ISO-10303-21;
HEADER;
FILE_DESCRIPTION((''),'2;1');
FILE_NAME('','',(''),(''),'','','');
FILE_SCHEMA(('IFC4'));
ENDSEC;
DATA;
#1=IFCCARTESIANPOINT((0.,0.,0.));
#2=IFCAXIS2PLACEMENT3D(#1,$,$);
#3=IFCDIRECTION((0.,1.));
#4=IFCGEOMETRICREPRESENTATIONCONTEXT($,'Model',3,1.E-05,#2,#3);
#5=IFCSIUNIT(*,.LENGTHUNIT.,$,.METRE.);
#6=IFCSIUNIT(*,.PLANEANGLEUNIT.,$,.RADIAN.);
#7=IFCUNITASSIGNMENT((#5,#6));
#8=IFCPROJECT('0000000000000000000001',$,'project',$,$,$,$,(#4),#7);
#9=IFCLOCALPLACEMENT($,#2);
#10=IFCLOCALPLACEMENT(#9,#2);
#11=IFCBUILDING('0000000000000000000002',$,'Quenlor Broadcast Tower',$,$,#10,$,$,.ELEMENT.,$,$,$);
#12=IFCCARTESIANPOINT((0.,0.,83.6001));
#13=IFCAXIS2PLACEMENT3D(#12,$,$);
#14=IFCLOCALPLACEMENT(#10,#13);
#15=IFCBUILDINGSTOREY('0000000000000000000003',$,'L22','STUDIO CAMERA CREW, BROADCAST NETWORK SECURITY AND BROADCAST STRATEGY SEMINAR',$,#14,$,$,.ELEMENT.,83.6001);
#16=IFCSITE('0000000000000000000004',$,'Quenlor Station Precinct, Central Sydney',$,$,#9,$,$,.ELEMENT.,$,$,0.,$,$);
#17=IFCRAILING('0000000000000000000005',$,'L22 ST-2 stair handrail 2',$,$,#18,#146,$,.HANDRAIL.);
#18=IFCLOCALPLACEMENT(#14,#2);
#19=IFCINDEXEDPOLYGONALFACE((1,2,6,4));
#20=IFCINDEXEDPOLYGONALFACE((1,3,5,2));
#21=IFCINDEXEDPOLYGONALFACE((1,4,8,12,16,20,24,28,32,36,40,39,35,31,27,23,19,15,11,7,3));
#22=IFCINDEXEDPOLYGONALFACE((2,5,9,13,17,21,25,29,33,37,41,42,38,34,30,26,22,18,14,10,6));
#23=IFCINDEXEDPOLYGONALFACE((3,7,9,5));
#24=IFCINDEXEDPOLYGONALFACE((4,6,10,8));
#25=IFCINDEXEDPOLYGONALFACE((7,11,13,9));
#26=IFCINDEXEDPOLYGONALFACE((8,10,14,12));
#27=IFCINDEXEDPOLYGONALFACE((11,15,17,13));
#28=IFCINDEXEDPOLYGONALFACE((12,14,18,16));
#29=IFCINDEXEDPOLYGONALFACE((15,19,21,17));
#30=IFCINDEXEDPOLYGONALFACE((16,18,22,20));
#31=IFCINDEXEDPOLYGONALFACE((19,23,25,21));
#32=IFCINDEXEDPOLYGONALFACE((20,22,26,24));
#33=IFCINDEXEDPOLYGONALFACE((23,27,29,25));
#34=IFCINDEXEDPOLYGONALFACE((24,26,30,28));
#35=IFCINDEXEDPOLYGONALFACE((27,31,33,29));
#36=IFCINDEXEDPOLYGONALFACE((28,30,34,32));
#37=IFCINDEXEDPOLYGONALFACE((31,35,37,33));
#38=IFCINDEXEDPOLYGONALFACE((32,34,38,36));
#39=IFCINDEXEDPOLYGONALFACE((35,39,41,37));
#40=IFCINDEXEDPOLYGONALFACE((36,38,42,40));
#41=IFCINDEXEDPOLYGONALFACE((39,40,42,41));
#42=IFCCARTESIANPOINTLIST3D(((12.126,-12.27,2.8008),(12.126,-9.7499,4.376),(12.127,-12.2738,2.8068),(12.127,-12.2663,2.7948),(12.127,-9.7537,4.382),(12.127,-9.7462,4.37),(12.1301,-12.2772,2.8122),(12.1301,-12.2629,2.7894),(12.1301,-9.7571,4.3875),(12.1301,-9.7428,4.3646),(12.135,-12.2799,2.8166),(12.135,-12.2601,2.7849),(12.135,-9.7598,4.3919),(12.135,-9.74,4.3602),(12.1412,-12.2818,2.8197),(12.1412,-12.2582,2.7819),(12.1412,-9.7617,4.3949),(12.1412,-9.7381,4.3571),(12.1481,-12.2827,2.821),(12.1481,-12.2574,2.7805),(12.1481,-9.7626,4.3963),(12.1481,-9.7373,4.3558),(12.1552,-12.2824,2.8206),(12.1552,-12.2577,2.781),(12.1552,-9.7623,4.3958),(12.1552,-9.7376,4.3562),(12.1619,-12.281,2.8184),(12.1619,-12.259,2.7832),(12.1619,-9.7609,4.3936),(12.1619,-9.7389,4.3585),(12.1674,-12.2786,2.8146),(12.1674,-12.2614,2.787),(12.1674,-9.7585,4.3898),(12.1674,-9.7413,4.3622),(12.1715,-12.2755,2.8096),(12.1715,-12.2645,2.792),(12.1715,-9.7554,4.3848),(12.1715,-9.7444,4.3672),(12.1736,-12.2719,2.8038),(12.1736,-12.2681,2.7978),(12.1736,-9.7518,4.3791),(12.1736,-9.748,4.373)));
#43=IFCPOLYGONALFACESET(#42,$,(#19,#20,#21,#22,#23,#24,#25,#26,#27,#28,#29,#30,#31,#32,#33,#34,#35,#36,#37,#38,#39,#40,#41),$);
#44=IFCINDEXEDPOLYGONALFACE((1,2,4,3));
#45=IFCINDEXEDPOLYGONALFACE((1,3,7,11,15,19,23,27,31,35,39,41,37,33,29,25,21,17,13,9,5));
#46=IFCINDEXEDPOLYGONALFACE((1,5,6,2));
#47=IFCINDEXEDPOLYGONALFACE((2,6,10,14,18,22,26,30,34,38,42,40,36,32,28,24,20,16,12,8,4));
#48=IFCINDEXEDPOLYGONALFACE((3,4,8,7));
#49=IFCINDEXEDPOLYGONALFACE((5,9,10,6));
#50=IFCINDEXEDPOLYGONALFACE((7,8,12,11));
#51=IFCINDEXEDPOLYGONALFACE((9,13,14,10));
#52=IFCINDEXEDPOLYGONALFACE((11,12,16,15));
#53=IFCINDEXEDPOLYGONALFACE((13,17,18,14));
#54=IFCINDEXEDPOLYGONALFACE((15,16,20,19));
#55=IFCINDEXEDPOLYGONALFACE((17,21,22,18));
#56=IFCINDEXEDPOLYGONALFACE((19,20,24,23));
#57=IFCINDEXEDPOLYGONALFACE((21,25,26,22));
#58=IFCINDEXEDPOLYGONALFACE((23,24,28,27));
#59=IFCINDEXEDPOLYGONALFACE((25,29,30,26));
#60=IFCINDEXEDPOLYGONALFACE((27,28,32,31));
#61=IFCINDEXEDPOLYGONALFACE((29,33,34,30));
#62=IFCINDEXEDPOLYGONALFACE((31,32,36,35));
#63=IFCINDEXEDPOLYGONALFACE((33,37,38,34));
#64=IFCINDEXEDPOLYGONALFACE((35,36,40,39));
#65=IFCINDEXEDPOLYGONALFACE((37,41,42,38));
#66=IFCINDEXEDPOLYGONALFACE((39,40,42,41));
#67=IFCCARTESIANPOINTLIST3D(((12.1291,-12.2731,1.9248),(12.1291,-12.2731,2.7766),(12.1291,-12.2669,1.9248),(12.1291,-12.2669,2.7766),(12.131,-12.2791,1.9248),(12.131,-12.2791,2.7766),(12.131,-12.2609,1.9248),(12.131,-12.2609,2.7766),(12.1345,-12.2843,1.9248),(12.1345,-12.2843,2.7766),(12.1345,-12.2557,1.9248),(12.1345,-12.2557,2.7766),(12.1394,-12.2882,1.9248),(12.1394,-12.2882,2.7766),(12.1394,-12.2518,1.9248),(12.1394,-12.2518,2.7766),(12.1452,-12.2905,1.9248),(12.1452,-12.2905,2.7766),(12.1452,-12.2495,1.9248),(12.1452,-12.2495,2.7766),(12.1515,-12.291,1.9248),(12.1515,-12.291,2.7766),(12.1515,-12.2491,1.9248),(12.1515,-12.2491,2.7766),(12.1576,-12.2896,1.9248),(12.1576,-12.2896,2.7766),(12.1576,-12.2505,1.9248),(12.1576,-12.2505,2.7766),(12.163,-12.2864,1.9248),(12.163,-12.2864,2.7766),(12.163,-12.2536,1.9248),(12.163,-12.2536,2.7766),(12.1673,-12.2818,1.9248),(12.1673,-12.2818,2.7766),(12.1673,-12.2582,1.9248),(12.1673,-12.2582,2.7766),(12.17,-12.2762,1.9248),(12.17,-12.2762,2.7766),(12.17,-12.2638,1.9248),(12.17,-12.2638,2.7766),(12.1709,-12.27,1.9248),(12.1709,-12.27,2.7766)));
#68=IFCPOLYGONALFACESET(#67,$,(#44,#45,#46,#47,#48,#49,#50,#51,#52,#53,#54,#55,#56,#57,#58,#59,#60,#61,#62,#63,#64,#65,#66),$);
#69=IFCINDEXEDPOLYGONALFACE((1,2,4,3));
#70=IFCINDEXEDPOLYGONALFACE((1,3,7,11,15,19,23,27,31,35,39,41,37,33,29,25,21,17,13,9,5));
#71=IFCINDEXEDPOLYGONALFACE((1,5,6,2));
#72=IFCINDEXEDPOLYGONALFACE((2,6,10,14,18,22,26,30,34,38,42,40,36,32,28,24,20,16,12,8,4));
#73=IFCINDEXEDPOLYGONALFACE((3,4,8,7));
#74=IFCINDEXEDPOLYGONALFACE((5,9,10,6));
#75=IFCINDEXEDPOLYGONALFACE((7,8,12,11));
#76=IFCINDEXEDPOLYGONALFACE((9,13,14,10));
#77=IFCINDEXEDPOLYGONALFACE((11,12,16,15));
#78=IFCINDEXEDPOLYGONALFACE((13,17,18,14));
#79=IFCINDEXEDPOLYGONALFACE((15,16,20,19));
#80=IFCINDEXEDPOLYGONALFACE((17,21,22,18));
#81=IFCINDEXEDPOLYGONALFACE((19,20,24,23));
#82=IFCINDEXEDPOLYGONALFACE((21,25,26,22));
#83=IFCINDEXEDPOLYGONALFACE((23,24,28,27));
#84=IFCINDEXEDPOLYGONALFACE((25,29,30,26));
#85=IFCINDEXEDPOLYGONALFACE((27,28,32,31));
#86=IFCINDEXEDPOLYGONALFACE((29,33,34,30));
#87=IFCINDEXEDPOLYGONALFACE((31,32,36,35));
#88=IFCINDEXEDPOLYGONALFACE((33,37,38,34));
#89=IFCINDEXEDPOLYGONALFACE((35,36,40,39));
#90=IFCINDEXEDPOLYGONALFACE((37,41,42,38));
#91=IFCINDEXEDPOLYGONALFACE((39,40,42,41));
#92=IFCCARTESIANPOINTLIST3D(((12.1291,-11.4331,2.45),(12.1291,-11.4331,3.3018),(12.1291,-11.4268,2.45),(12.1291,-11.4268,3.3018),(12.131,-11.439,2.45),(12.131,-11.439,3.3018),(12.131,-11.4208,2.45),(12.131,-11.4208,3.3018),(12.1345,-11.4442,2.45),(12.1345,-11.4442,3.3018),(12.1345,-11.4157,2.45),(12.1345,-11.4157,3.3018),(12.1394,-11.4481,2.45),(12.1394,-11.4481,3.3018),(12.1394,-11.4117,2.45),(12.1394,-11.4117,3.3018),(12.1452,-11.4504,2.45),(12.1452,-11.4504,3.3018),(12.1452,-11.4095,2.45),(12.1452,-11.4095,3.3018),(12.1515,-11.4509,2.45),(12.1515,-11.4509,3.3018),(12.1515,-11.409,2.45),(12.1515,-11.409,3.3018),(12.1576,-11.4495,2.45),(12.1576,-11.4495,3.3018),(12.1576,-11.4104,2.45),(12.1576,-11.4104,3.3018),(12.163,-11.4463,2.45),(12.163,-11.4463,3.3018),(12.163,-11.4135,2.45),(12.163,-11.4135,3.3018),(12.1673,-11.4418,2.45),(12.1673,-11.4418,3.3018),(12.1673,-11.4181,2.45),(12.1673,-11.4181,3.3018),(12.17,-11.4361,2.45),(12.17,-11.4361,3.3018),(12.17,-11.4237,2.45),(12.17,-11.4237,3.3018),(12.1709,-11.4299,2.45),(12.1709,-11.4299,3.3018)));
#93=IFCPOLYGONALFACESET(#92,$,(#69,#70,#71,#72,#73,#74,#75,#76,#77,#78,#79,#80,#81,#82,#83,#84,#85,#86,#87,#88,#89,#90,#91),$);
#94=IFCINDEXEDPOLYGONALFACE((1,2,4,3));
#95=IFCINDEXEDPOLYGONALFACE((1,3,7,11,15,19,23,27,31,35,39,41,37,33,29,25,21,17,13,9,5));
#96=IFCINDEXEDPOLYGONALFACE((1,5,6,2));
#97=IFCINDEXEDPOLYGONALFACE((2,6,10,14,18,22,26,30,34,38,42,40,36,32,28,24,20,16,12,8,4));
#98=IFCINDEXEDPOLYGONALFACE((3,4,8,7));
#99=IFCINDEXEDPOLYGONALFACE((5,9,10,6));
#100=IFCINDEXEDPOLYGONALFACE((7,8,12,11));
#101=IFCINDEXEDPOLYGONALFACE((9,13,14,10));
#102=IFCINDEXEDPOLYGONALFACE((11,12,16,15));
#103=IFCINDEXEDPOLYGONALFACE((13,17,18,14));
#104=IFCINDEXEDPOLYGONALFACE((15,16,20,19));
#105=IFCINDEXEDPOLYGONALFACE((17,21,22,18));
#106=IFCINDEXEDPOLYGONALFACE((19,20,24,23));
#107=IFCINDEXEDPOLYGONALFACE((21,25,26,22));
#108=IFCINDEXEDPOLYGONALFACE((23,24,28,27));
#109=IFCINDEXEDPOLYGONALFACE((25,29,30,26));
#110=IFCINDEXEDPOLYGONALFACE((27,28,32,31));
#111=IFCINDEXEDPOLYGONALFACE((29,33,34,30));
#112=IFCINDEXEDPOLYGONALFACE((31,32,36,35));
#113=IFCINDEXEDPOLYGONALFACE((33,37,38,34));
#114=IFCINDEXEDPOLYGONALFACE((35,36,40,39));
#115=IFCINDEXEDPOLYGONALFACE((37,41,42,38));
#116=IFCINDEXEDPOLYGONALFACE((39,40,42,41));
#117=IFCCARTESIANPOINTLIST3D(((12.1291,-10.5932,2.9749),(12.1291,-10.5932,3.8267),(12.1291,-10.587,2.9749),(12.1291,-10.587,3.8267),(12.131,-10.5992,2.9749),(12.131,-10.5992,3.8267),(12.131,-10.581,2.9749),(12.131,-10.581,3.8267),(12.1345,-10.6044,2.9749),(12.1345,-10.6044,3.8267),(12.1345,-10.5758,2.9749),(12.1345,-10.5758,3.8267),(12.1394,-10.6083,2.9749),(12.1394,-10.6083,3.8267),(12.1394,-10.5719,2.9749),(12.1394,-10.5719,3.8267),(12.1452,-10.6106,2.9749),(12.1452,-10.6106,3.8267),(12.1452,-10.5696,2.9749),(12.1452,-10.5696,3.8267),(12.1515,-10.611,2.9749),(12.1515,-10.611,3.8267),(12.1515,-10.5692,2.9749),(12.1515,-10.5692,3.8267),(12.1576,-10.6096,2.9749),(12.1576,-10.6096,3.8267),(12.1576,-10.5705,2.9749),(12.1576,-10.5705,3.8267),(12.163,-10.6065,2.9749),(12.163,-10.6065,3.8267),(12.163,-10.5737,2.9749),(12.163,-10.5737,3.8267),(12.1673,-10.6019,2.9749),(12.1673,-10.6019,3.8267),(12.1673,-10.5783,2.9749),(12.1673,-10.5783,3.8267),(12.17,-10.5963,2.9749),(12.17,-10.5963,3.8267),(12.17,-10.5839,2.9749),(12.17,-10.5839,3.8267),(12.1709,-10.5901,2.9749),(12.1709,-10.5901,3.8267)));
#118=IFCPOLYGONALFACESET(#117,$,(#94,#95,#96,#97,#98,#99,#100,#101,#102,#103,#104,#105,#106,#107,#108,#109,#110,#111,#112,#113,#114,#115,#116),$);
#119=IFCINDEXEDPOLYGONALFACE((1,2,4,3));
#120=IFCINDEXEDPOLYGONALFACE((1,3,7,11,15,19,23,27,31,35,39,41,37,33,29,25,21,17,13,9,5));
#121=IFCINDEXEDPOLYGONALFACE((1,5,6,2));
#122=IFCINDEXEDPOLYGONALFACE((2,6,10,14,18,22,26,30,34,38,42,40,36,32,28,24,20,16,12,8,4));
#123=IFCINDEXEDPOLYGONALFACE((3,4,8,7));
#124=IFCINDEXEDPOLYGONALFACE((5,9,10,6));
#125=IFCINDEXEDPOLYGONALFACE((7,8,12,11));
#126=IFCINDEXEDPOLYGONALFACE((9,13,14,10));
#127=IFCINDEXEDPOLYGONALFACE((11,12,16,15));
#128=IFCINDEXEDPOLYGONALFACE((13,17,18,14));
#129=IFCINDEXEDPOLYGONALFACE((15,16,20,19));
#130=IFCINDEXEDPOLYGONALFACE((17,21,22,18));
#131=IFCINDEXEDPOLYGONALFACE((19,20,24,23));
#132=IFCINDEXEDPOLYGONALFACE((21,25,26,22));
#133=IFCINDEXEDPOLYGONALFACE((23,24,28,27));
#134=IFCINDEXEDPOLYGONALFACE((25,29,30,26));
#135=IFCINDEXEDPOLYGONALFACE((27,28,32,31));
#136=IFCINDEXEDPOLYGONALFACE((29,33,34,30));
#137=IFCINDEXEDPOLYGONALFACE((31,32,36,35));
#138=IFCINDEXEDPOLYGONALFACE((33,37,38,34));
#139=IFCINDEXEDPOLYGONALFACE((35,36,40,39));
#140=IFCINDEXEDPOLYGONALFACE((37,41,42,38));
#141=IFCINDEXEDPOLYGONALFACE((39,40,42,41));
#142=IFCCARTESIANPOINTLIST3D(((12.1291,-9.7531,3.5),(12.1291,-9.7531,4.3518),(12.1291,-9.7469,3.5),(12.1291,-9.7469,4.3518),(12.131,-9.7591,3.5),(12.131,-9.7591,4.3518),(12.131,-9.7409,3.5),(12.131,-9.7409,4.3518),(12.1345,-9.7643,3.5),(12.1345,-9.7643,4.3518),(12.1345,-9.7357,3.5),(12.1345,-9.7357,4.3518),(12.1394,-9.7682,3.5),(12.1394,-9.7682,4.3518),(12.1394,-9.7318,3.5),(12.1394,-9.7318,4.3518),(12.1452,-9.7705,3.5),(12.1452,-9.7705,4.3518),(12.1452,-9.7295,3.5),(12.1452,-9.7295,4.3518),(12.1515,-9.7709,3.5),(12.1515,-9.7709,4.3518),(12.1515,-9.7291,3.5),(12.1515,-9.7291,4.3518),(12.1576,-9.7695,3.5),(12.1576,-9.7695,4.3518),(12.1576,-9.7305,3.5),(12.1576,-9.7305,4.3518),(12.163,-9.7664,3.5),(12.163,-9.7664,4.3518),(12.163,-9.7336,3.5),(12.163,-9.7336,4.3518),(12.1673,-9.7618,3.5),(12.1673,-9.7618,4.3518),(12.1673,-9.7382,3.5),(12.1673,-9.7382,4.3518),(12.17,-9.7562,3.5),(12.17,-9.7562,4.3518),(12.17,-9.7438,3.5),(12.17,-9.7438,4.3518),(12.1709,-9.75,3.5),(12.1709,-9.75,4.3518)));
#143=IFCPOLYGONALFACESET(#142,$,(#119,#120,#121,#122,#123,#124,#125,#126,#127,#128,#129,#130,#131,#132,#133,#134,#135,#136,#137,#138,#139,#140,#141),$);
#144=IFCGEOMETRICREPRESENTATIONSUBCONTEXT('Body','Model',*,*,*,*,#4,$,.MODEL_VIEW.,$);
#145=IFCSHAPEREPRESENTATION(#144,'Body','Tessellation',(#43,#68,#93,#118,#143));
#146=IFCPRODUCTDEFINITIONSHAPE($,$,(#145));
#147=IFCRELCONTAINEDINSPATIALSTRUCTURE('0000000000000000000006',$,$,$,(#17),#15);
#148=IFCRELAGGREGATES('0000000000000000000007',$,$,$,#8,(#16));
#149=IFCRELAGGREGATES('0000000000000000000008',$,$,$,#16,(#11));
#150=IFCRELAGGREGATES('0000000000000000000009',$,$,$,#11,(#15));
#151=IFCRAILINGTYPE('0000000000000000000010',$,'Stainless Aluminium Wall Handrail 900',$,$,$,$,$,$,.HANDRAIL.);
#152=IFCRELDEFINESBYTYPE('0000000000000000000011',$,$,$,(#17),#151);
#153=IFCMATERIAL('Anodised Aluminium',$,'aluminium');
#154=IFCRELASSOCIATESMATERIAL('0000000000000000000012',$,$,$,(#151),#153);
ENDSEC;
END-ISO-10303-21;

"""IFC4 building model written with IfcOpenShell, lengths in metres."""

from ifc_helpers import new_model, si_unit, direction, frame, origin, origin_2d, place, context, subcontext, project, spatial, circle, extrude, material, type_object, element, save


model = new_model("IFC4")

# Units and contexts
model_context = context("Model", 3, precision=1e-05, world=origin(), true_north=direction((0.0, 1.0)))
body_context = subcontext(model_context, "Body", "Model", "MODEL_VIEW")
ifc_project = project(units=[si_unit("LENGTHUNIT", "METRE"), si_unit("PLANEANGLEUNIT", "RADIAN")], contexts=[model_context])

# Site, building, storey
site_placement = place(None, origin())
site = spatial("IfcSite", under=ifc_project, at=site_placement, Name="Quenlor Station Precinct, Central Sydney", CompositionType="ELEMENT", RefElevation=0.0)
building_placement = place(site_placement, origin())
building = spatial("IfcBuilding", under=site, at=building_placement, Name="Quenlor Broadcast Tower", CompositionType="ELEMENT")
storey_placement = place(building_placement, frame((0.0, 0.0, 83.6001)))
storey = spatial("IfcBuildingStorey", under=building, at=storey_placement, Name="L22", Description="STUDIO CAMERA CREW, BROADCAST NETWORK SECURITY AND BROADCAST STRATEGY SEMINAR", CompositionType="ELEMENT", Elevation=83.6001)

# Railing
ifc_material_1 = material(Name="Anodised Aluminium", Category="aluminium")
railing_type_1 = type_object("IfcRailingType", Name="Stainless Aluminium Wall Handrail 900", PredefinedType="HANDRAIL", material=ifc_material_1)
railing_1_placement = place(storey_placement, frame((12.1499, -12.27, 1.9248)))
element("IfcRailing", 1, at=railing_1_placement, inside=storey, type_object=railing_type_1, Name="L22 ST-2 stair handrail 2", PredefinedType="HANDRAIL", context=body_context, shape_type="SweptSolid", body=[
    extrude(circle(Radius=0.0239, at=origin_2d()), frame((0.0, 0.0, 0.876), z_axis=(0.0, 0.847971, 0.530043), x_axis=(-1.0, 0.0, 0.0)), (0.0, 0.0, 1.0), 2.9719),
    extrude(circle(Radius=0.021, at=origin_2d()), origin(), (0.0, 0.0, 1.0), 0.8518),
    extrude(circle(Radius=0.021, at=origin_2d()), frame((0.0, 0.8401, 0.5251)), (0.0, 0.0, 1.0), 0.8518),
    extrude(circle(Radius=0.021, at=origin_2d()), frame((0.0, 1.6799, 1.05)), (0.0, 0.0, 1.0), 0.8518),
    extrude(circle(Radius=0.021, at=origin_2d()), frame((0.0, 2.52, 1.5752)), (0.0, 0.0, 1.0), 0.8518),
])

save(model, "model.ifc")
